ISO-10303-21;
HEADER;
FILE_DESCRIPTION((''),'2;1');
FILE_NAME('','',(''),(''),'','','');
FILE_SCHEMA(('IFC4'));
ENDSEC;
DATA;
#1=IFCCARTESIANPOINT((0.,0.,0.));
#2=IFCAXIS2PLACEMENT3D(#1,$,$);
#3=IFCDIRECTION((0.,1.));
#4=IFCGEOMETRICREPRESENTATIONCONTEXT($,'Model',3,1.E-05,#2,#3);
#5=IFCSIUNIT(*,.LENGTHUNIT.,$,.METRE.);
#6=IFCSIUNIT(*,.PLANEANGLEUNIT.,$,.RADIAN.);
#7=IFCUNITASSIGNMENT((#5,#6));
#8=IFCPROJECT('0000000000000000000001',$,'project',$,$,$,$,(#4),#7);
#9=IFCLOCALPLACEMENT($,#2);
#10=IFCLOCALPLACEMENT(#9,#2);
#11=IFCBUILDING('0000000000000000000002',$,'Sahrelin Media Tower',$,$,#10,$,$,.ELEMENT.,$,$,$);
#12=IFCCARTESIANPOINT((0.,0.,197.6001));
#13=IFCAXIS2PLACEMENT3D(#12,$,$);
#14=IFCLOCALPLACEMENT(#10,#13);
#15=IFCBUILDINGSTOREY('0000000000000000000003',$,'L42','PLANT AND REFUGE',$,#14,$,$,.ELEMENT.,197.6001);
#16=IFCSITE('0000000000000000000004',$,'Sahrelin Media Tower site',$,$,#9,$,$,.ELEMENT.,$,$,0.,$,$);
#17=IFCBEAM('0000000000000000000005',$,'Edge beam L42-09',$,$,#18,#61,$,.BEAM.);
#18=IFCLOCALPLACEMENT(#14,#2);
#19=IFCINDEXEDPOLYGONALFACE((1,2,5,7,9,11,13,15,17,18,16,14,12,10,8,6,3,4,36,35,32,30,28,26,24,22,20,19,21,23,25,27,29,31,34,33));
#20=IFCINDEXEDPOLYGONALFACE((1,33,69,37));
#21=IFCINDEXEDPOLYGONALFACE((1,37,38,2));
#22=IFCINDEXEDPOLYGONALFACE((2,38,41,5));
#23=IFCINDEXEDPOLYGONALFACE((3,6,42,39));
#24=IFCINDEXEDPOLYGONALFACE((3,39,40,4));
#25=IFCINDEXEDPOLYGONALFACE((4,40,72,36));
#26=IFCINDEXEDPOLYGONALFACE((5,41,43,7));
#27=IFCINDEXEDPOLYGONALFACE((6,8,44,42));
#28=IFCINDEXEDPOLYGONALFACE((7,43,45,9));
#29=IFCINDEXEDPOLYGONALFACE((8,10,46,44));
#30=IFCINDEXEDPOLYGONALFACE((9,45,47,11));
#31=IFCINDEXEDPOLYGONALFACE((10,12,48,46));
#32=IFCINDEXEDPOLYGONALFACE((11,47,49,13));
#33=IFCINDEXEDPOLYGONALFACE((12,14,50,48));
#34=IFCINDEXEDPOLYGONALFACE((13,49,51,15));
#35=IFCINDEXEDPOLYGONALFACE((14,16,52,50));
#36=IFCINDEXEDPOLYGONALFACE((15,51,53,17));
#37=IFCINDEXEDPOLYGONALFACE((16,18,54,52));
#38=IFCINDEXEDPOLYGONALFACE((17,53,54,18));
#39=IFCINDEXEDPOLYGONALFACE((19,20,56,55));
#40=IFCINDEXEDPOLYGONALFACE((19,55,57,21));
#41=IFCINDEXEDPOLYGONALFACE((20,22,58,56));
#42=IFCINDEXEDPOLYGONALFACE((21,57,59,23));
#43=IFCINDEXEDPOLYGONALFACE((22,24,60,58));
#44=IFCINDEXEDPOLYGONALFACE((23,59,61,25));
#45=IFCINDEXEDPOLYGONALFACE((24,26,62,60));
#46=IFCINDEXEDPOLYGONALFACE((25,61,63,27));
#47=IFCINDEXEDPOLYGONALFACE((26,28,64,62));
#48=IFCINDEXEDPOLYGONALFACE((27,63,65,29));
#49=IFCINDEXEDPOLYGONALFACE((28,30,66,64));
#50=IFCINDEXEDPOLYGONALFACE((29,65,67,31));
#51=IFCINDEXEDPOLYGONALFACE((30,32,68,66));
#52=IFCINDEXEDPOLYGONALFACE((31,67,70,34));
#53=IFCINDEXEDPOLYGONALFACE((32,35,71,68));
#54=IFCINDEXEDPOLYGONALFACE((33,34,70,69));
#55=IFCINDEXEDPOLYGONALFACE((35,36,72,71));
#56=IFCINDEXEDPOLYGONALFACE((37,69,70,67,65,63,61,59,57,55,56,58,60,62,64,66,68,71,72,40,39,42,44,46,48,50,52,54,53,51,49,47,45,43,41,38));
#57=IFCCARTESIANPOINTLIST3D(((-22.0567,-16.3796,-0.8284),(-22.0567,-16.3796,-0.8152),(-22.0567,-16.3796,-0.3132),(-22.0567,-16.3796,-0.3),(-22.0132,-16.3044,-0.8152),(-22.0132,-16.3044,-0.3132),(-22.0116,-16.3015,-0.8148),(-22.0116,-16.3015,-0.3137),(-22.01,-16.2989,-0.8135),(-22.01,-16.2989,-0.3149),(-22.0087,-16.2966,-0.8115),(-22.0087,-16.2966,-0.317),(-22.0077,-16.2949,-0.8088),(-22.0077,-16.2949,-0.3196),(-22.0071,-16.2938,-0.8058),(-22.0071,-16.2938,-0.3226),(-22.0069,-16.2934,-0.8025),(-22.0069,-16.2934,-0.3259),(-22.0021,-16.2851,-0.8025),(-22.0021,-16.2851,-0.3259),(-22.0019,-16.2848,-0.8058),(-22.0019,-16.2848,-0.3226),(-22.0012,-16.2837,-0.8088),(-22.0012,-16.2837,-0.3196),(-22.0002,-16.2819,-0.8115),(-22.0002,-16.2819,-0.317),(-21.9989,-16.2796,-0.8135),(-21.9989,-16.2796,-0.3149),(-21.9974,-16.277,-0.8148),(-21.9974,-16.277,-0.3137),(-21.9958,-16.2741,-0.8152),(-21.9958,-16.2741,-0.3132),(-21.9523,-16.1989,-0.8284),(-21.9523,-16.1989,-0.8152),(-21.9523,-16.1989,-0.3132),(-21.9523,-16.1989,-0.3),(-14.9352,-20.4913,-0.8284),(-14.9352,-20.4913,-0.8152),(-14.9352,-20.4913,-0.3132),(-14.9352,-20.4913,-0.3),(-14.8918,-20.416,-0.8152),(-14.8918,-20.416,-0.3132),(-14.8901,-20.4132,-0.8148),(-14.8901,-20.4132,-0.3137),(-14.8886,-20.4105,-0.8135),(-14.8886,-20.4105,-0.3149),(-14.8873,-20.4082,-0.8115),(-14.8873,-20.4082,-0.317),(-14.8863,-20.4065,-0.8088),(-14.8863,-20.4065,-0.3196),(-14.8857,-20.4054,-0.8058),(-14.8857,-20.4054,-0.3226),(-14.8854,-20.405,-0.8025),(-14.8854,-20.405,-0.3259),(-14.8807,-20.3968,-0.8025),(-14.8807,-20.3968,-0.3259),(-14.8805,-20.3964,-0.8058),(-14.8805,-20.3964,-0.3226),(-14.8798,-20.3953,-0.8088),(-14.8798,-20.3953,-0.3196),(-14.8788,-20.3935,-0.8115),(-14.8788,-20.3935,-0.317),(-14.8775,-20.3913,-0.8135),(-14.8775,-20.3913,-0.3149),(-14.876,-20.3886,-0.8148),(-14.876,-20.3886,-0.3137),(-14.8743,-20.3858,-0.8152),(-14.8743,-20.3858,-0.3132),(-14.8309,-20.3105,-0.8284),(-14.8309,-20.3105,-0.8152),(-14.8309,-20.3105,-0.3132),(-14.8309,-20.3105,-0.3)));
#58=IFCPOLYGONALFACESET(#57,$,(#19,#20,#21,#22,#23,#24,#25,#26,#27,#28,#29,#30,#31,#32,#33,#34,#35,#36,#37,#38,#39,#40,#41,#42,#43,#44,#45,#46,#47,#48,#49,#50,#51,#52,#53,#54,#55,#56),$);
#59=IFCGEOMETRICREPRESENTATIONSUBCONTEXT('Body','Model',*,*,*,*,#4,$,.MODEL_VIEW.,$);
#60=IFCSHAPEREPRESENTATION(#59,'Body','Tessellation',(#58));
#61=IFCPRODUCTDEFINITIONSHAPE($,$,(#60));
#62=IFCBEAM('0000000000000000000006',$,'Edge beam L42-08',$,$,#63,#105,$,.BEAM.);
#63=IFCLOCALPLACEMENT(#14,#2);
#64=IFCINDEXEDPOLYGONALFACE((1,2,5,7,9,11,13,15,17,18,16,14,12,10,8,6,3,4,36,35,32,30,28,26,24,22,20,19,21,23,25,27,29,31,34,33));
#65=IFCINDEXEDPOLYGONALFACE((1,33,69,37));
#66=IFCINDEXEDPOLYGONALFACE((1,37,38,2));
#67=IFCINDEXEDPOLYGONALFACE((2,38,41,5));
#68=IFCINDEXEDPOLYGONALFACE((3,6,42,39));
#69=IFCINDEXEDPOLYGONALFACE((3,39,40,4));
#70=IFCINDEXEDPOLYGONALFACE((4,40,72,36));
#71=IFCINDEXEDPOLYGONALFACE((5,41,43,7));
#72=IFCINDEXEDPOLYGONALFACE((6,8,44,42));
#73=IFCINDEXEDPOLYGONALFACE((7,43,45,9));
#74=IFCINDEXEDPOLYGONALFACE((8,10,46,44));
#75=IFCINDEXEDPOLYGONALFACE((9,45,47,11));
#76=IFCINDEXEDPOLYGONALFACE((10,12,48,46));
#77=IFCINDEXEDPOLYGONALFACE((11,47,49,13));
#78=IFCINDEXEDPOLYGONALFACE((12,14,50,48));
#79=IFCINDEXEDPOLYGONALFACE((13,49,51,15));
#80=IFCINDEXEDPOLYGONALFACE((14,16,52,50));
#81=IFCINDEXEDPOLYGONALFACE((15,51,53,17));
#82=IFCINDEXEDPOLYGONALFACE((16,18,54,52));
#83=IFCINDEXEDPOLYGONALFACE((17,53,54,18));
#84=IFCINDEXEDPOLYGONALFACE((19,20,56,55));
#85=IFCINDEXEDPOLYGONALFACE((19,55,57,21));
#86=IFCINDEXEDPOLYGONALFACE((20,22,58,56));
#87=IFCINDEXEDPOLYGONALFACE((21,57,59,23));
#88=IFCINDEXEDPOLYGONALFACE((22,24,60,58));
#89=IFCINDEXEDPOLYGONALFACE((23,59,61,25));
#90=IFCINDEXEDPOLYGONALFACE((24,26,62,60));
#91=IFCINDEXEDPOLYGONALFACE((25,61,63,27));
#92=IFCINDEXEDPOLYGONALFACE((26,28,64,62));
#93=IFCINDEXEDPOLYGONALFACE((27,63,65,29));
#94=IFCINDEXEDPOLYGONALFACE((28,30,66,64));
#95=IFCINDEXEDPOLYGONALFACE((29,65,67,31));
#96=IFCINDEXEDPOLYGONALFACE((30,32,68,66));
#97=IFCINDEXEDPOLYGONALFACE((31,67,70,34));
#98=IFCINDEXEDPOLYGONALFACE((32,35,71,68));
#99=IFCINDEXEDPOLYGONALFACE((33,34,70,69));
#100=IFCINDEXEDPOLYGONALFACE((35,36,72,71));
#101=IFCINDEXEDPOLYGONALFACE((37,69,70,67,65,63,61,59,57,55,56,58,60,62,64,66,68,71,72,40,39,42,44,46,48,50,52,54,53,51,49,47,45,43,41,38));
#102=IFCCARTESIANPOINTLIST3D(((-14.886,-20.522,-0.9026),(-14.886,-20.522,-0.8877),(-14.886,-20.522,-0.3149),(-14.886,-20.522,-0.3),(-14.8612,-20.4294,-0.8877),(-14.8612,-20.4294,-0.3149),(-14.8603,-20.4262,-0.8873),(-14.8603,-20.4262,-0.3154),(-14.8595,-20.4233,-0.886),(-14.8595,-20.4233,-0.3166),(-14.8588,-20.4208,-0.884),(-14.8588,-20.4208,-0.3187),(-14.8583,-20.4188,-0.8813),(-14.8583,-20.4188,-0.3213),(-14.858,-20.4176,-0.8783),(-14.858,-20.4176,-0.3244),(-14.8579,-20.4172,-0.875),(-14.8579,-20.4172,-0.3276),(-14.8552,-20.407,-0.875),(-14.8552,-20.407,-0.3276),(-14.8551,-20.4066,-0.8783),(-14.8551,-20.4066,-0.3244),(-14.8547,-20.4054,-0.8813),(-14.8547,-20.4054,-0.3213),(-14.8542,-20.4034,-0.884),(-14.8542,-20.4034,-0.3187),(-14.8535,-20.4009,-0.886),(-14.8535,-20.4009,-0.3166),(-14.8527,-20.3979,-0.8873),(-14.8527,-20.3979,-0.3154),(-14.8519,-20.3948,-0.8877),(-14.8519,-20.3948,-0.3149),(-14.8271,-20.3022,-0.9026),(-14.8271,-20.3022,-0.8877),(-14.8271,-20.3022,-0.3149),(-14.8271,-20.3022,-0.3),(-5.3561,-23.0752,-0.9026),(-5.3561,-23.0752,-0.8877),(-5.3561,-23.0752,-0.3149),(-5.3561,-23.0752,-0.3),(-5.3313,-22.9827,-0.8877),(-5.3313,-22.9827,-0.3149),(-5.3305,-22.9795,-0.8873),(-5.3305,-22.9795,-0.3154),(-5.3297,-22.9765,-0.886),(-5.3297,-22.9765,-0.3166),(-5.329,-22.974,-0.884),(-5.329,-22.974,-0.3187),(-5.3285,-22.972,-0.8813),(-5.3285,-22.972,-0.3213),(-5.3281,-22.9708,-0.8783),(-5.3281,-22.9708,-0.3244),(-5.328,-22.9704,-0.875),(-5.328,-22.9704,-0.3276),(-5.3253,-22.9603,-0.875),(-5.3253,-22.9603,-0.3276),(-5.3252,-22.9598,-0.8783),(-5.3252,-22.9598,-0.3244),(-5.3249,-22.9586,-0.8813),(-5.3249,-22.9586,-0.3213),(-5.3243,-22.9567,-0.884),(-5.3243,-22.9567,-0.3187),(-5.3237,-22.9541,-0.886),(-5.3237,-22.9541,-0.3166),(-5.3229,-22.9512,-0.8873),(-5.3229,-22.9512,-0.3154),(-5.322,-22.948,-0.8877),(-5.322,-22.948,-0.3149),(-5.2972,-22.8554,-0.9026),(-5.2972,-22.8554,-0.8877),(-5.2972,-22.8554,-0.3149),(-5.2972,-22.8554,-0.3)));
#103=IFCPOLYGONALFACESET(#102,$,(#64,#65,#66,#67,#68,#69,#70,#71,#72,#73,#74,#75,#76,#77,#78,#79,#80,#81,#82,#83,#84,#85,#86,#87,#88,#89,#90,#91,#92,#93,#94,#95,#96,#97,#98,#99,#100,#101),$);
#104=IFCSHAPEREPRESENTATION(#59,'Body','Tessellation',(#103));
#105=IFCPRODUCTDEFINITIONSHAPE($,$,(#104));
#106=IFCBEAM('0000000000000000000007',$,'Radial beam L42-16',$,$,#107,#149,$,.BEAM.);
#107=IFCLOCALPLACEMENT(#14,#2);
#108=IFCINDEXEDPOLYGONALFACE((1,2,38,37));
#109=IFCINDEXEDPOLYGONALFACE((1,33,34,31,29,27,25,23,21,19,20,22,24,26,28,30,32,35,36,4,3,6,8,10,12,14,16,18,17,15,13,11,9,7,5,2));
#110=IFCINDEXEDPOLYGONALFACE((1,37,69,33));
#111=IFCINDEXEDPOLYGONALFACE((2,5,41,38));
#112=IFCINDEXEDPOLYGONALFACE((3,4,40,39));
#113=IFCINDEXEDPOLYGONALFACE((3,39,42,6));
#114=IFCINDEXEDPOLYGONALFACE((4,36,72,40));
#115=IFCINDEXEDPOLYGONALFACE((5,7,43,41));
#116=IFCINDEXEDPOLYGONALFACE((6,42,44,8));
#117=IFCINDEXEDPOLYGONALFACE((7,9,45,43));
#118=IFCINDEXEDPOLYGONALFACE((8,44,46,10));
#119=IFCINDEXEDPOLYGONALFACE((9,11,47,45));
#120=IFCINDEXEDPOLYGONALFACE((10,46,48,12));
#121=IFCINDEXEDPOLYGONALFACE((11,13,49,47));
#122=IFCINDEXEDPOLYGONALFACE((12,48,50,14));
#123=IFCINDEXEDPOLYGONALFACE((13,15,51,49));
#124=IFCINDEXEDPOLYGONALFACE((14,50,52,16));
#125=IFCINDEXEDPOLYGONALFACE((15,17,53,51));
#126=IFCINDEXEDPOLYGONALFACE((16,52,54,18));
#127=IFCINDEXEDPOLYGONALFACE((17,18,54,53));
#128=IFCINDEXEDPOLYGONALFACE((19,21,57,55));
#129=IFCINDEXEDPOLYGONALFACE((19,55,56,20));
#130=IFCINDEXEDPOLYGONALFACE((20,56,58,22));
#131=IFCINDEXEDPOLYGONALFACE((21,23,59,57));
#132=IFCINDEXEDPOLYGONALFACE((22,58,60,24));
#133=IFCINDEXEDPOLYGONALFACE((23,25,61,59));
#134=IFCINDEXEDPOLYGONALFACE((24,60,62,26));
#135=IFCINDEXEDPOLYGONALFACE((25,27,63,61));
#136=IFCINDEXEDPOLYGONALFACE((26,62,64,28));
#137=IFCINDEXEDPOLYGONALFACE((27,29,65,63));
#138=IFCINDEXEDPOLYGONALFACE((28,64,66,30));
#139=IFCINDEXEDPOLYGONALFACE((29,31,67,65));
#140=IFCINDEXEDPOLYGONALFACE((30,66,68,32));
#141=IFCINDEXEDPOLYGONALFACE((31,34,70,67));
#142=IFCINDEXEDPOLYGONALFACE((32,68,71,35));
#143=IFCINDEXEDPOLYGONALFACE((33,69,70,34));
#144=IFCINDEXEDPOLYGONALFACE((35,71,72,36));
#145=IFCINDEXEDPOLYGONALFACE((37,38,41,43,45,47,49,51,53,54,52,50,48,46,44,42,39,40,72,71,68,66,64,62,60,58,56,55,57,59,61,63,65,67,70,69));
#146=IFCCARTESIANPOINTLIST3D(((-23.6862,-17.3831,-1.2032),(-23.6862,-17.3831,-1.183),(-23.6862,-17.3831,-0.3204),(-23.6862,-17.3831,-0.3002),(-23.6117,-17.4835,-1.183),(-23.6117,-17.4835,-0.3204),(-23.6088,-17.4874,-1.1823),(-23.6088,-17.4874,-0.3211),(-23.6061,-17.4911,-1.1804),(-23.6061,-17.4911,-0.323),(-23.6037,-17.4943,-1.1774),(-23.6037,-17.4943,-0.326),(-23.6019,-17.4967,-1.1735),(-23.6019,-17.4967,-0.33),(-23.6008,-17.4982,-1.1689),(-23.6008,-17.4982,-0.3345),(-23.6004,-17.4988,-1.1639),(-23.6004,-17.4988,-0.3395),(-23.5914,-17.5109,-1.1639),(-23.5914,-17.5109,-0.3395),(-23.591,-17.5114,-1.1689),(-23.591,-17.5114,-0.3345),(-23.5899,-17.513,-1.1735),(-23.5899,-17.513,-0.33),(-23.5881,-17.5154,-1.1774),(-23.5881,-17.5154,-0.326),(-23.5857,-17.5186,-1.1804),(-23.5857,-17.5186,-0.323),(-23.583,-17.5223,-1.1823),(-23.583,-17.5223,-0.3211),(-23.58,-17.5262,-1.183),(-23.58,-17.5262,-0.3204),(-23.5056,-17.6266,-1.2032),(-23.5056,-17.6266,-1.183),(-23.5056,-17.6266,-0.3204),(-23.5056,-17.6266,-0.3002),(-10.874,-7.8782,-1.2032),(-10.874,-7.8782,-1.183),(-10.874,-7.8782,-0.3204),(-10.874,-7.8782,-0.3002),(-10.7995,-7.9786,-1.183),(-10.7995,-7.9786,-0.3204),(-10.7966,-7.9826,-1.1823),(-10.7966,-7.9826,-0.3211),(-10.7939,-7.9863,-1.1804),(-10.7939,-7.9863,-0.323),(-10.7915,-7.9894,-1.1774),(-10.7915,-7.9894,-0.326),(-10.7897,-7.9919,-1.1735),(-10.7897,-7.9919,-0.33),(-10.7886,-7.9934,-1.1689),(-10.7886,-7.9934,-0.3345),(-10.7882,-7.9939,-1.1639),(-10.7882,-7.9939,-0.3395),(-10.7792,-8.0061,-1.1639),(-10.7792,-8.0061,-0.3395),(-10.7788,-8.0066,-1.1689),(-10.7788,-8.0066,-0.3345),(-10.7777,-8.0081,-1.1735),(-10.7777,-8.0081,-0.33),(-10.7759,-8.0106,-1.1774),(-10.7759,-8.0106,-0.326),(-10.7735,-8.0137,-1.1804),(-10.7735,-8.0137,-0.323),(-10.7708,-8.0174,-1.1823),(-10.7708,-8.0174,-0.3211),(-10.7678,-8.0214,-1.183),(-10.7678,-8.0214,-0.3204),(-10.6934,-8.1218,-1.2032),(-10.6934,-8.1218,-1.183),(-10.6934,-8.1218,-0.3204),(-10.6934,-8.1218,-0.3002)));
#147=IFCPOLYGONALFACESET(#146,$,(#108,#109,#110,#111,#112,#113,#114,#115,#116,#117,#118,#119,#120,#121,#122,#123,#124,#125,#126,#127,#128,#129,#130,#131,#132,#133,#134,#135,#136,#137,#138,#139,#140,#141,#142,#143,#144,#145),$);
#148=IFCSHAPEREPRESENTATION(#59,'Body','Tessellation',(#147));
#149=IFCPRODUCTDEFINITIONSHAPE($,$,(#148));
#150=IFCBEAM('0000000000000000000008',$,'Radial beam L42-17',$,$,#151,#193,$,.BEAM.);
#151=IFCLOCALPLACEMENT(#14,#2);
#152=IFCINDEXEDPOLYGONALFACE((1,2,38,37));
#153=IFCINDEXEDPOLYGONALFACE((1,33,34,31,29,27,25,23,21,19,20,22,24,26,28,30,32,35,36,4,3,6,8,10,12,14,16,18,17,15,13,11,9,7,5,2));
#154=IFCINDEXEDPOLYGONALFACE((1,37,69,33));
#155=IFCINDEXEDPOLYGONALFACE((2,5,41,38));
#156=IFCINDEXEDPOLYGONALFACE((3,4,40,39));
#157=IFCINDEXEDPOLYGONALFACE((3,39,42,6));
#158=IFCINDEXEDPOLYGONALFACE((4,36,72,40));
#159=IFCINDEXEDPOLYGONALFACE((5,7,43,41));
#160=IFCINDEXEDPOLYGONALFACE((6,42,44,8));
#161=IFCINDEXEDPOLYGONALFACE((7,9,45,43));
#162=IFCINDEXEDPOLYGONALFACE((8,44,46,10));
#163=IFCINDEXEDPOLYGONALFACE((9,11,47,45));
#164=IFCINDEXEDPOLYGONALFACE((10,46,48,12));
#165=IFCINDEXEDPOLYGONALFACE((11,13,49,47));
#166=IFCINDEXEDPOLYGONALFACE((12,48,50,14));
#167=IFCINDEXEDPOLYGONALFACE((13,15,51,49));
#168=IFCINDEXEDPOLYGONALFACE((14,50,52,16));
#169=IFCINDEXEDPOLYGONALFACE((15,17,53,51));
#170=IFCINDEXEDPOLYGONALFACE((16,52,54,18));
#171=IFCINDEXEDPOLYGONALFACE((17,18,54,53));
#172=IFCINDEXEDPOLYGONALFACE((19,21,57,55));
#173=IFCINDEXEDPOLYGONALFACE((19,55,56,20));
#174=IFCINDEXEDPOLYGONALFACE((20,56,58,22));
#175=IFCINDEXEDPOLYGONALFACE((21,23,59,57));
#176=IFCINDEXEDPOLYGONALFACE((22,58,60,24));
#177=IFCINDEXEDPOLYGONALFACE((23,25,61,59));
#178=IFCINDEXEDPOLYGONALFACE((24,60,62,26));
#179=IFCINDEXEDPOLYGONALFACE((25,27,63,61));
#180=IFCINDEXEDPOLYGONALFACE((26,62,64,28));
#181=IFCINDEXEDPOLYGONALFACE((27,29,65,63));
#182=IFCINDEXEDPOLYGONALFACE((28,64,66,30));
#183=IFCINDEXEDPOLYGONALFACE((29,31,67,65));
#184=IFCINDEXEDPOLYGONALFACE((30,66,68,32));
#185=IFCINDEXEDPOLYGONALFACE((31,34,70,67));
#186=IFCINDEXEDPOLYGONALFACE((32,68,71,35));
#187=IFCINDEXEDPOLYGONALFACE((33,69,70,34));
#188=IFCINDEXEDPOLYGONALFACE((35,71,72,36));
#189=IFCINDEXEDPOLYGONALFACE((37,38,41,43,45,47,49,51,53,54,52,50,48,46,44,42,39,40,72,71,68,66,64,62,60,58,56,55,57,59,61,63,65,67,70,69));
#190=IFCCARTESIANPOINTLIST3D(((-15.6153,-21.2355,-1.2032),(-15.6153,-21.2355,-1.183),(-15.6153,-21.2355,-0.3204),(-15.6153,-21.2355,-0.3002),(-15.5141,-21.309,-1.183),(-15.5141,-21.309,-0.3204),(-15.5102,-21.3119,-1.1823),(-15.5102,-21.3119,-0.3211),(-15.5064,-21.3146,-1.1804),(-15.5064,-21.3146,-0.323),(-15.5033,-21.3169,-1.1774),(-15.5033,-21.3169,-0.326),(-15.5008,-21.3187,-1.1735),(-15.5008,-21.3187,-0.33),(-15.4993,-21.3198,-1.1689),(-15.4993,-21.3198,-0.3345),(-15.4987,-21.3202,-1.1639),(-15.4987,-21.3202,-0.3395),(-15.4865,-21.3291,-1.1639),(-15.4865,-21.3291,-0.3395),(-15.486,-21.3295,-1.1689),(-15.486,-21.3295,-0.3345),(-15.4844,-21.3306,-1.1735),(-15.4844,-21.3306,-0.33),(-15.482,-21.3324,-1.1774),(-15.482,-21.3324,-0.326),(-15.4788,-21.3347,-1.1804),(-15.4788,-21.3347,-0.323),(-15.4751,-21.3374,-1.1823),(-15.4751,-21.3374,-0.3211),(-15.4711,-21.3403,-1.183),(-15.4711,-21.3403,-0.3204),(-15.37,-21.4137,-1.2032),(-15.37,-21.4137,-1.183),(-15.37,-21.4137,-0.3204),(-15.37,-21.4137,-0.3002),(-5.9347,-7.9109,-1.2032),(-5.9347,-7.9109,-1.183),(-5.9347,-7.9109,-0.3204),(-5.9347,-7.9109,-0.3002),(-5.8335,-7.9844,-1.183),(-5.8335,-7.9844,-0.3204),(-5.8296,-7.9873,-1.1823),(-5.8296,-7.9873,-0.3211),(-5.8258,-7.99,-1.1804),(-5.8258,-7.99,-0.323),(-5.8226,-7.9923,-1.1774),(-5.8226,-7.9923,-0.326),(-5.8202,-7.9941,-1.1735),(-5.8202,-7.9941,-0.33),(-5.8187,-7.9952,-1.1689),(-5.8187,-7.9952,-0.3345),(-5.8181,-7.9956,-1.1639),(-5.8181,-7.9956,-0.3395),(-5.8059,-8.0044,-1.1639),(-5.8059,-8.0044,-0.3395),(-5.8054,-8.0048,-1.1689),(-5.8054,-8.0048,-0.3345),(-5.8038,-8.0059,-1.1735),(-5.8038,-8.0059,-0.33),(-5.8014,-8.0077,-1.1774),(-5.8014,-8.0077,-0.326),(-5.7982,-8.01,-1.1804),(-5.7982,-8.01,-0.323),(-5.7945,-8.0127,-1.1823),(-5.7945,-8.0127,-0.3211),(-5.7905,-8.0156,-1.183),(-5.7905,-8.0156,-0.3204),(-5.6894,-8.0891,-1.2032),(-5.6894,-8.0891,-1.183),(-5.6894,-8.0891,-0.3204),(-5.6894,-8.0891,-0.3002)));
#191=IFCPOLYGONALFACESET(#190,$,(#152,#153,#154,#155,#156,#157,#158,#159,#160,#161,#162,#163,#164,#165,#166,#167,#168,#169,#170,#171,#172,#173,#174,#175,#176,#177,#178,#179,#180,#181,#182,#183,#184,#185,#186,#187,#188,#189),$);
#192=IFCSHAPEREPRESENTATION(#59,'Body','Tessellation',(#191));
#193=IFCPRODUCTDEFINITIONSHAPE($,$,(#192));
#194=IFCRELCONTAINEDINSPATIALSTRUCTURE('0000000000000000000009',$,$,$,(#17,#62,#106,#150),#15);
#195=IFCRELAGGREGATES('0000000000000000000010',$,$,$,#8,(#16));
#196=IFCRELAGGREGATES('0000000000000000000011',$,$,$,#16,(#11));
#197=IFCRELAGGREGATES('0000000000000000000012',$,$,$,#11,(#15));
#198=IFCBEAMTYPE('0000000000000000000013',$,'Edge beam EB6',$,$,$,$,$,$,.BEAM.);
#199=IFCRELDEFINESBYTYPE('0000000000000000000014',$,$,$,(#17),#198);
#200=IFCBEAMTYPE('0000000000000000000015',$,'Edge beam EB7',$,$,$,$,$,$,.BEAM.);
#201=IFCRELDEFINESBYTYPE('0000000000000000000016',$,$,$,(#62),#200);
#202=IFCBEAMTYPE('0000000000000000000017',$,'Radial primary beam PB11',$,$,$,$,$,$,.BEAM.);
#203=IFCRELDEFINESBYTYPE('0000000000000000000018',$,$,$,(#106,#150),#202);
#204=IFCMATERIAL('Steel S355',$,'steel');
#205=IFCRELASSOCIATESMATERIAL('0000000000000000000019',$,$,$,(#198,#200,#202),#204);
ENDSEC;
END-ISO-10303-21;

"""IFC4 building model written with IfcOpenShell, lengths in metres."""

from ifc_helpers import new_model, si_unit, direction, frame, origin, origin_2d, place, context, subcontext, project, spatial, i_section, extrude, material, material_profile, profile_set, type_object, element, save


model = new_model("IFC4")

# Units and contexts
model_context = context("Model", 3, precision=1e-05, world=origin(), true_north=direction((0.0, 1.0)))
body_context = subcontext(model_context, "Body", "Model", "MODEL_VIEW")
ifc_project = project(units=[si_unit("LENGTHUNIT", "METRE"), si_unit("PLANEANGLEUNIT", "RADIAN")], contexts=[model_context])

# Site, building, storey
site_placement = place(None, origin())
site = spatial("IfcSite", under=ifc_project, at=site_placement, Name="Sahrelin Media Tower site", CompositionType="ELEMENT", RefElevation=0.0)
building_placement = place(site_placement, origin())
building = spatial("IfcBuilding", under=site, at=building_placement, Name="Sahrelin Media Tower", CompositionType="ELEMENT")
storey_placement = place(building_placement, frame((0.0, 0.0, 197.6001)))
storey = spatial("IfcBuildingStorey", under=building, at=storey_placement, Name="L42", Description="PLANT AND REFUGE", CompositionType="ELEMENT", Elevation=197.6001)

# Beams
ifc_material_1 = material(Name="Steel S355", Category="steel")
ifc_material_profile_1 = material_profile(ifc_material_1, i_section(OverallWidth=0.2087, OverallDepth=0.5283, WebThickness=0.0095, FlangeThickness=0.0132, FilletRadius=0.0127, at=origin_2d()), Name="UB 533x210x82")
ifc_profile_set_1 = profile_set([ifc_material_profile_1], Name="Steel S355")
beam_type_1 = type_object("IfcBeamType", Name="Edge beam EB6", PredefinedType="BEAM", material=ifc_profile_set_1)
beam_1_placement = place(storey_placement, frame((-14.8831, -20.4009, -0.5642), z_axis=(-0.866022, 0.500006, 0.0), x_axis=(-0.500006, -0.866022, 0.0)))
element("IfcBeam", 1, at=beam_1_placement, inside=storey, type_object=beam_type_1, Name="Edge beam L42-09", PredefinedType="BEAM", context=body_context, shape_type="SweptSolid", body=[
    extrude(i_section(OverallWidth=0.2087, OverallDepth=0.5283, WebThickness=0.0095, FlangeThickness=0.0132, FilletRadius=0.0127, at=origin_2d()), origin(), (0.0, 0.0, 1.0), 8.2231),
])
ifc_material_profile_2 = material_profile(ifc_material_1, i_section(OverallWidth=0.2275, OverallDepth=0.6025, WebThickness=0.0105, FlangeThickness=0.0149, FilletRadius=0.0127, at=origin_2d()), Name="UB 610x229x101")
ifc_profile_set_2 = profile_set([ifc_material_profile_2], Name="Steel S355")
beam_type_2 = type_object("IfcBeamType", Name="Edge beam EB7", PredefinedType="BEAM", material=ifc_profile_set_2)
beam_2_placement = place(storey_placement, frame((-5.3267, -22.9653, -0.6013), z_axis=(-0.965933, 0.258793, 0.0), x_axis=(-0.258793, -0.965933, 0.0)))
element("IfcBeam", 2, at=beam_2_placement, inside=storey, type_object=beam_type_2, Name="Edge beam L42-08", PredefinedType="BEAM", context=body_context, shape_type="SweptSolid", body=[
    extrude(i_section(OverallWidth=0.2275, OverallDepth=0.6025, WebThickness=0.0105, FlangeThickness=0.0149, FilletRadius=0.0127, at=origin_2d()), origin(), (0.0, 0.0, 1.0), 9.866),
])
ifc_material_profile_3 = material_profile(ifc_material_1, i_section(OverallWidth=0.3032, OverallDepth=0.9031, WebThickness=0.0151, FlangeThickness=0.0203, FilletRadius=0.019, at=origin_2d()), Name="UB 914x305x201")
ifc_profile_set_3 = profile_set([ifc_material_profile_3], Name="Steel S355")
beam_type_3 = type_object("IfcBeamType", Name="Radial primary beam PB11", PredefinedType="BEAM", material=ifc_profile_set_3)
beam_3_placement = place(storey_placement, frame((-10.7837, -8.0, -0.7517), z_axis=(-0.803128, -0.595807, 0.0), x_axis=(0.595807, -0.803128, 0.0)))
element("IfcBeam", 3, at=beam_3_placement, inside=storey, type_object=beam_type_3, Name="Radial beam L42-16", PredefinedType="BEAM", context=body_context, shape_type="SweptSolid", body=[
    extrude(i_section(OverallWidth=0.3032, OverallDepth=0.9031, WebThickness=0.0151, FlangeThickness=0.0203, FilletRadius=0.019, at=origin_2d()), origin(), (0.0, 0.0, 1.0), 15.9529),
])
beam_4_placement = place(storey_placement, frame((-5.812, -8.0, -0.7517), z_axis=(-0.587773, -0.809026, 0.0), x_axis=(0.809026, -0.587773, 0.0)))
element("IfcBeam", 4, at=beam_4_placement, inside=storey, type_object=beam_type_3, Name="Radial beam L42-17", PredefinedType="BEAM", context=body_context, shape_type="SweptSolid", body=[
    extrude(i_section(OverallWidth=0.3032, OverallDepth=0.9031, WebThickness=0.0151, FlangeThickness=0.0203, FilletRadius=0.019, at=origin_2d()), origin(), (0.0, 0.0, 1.0), 16.47),
])

save(model, "model.ifc")
